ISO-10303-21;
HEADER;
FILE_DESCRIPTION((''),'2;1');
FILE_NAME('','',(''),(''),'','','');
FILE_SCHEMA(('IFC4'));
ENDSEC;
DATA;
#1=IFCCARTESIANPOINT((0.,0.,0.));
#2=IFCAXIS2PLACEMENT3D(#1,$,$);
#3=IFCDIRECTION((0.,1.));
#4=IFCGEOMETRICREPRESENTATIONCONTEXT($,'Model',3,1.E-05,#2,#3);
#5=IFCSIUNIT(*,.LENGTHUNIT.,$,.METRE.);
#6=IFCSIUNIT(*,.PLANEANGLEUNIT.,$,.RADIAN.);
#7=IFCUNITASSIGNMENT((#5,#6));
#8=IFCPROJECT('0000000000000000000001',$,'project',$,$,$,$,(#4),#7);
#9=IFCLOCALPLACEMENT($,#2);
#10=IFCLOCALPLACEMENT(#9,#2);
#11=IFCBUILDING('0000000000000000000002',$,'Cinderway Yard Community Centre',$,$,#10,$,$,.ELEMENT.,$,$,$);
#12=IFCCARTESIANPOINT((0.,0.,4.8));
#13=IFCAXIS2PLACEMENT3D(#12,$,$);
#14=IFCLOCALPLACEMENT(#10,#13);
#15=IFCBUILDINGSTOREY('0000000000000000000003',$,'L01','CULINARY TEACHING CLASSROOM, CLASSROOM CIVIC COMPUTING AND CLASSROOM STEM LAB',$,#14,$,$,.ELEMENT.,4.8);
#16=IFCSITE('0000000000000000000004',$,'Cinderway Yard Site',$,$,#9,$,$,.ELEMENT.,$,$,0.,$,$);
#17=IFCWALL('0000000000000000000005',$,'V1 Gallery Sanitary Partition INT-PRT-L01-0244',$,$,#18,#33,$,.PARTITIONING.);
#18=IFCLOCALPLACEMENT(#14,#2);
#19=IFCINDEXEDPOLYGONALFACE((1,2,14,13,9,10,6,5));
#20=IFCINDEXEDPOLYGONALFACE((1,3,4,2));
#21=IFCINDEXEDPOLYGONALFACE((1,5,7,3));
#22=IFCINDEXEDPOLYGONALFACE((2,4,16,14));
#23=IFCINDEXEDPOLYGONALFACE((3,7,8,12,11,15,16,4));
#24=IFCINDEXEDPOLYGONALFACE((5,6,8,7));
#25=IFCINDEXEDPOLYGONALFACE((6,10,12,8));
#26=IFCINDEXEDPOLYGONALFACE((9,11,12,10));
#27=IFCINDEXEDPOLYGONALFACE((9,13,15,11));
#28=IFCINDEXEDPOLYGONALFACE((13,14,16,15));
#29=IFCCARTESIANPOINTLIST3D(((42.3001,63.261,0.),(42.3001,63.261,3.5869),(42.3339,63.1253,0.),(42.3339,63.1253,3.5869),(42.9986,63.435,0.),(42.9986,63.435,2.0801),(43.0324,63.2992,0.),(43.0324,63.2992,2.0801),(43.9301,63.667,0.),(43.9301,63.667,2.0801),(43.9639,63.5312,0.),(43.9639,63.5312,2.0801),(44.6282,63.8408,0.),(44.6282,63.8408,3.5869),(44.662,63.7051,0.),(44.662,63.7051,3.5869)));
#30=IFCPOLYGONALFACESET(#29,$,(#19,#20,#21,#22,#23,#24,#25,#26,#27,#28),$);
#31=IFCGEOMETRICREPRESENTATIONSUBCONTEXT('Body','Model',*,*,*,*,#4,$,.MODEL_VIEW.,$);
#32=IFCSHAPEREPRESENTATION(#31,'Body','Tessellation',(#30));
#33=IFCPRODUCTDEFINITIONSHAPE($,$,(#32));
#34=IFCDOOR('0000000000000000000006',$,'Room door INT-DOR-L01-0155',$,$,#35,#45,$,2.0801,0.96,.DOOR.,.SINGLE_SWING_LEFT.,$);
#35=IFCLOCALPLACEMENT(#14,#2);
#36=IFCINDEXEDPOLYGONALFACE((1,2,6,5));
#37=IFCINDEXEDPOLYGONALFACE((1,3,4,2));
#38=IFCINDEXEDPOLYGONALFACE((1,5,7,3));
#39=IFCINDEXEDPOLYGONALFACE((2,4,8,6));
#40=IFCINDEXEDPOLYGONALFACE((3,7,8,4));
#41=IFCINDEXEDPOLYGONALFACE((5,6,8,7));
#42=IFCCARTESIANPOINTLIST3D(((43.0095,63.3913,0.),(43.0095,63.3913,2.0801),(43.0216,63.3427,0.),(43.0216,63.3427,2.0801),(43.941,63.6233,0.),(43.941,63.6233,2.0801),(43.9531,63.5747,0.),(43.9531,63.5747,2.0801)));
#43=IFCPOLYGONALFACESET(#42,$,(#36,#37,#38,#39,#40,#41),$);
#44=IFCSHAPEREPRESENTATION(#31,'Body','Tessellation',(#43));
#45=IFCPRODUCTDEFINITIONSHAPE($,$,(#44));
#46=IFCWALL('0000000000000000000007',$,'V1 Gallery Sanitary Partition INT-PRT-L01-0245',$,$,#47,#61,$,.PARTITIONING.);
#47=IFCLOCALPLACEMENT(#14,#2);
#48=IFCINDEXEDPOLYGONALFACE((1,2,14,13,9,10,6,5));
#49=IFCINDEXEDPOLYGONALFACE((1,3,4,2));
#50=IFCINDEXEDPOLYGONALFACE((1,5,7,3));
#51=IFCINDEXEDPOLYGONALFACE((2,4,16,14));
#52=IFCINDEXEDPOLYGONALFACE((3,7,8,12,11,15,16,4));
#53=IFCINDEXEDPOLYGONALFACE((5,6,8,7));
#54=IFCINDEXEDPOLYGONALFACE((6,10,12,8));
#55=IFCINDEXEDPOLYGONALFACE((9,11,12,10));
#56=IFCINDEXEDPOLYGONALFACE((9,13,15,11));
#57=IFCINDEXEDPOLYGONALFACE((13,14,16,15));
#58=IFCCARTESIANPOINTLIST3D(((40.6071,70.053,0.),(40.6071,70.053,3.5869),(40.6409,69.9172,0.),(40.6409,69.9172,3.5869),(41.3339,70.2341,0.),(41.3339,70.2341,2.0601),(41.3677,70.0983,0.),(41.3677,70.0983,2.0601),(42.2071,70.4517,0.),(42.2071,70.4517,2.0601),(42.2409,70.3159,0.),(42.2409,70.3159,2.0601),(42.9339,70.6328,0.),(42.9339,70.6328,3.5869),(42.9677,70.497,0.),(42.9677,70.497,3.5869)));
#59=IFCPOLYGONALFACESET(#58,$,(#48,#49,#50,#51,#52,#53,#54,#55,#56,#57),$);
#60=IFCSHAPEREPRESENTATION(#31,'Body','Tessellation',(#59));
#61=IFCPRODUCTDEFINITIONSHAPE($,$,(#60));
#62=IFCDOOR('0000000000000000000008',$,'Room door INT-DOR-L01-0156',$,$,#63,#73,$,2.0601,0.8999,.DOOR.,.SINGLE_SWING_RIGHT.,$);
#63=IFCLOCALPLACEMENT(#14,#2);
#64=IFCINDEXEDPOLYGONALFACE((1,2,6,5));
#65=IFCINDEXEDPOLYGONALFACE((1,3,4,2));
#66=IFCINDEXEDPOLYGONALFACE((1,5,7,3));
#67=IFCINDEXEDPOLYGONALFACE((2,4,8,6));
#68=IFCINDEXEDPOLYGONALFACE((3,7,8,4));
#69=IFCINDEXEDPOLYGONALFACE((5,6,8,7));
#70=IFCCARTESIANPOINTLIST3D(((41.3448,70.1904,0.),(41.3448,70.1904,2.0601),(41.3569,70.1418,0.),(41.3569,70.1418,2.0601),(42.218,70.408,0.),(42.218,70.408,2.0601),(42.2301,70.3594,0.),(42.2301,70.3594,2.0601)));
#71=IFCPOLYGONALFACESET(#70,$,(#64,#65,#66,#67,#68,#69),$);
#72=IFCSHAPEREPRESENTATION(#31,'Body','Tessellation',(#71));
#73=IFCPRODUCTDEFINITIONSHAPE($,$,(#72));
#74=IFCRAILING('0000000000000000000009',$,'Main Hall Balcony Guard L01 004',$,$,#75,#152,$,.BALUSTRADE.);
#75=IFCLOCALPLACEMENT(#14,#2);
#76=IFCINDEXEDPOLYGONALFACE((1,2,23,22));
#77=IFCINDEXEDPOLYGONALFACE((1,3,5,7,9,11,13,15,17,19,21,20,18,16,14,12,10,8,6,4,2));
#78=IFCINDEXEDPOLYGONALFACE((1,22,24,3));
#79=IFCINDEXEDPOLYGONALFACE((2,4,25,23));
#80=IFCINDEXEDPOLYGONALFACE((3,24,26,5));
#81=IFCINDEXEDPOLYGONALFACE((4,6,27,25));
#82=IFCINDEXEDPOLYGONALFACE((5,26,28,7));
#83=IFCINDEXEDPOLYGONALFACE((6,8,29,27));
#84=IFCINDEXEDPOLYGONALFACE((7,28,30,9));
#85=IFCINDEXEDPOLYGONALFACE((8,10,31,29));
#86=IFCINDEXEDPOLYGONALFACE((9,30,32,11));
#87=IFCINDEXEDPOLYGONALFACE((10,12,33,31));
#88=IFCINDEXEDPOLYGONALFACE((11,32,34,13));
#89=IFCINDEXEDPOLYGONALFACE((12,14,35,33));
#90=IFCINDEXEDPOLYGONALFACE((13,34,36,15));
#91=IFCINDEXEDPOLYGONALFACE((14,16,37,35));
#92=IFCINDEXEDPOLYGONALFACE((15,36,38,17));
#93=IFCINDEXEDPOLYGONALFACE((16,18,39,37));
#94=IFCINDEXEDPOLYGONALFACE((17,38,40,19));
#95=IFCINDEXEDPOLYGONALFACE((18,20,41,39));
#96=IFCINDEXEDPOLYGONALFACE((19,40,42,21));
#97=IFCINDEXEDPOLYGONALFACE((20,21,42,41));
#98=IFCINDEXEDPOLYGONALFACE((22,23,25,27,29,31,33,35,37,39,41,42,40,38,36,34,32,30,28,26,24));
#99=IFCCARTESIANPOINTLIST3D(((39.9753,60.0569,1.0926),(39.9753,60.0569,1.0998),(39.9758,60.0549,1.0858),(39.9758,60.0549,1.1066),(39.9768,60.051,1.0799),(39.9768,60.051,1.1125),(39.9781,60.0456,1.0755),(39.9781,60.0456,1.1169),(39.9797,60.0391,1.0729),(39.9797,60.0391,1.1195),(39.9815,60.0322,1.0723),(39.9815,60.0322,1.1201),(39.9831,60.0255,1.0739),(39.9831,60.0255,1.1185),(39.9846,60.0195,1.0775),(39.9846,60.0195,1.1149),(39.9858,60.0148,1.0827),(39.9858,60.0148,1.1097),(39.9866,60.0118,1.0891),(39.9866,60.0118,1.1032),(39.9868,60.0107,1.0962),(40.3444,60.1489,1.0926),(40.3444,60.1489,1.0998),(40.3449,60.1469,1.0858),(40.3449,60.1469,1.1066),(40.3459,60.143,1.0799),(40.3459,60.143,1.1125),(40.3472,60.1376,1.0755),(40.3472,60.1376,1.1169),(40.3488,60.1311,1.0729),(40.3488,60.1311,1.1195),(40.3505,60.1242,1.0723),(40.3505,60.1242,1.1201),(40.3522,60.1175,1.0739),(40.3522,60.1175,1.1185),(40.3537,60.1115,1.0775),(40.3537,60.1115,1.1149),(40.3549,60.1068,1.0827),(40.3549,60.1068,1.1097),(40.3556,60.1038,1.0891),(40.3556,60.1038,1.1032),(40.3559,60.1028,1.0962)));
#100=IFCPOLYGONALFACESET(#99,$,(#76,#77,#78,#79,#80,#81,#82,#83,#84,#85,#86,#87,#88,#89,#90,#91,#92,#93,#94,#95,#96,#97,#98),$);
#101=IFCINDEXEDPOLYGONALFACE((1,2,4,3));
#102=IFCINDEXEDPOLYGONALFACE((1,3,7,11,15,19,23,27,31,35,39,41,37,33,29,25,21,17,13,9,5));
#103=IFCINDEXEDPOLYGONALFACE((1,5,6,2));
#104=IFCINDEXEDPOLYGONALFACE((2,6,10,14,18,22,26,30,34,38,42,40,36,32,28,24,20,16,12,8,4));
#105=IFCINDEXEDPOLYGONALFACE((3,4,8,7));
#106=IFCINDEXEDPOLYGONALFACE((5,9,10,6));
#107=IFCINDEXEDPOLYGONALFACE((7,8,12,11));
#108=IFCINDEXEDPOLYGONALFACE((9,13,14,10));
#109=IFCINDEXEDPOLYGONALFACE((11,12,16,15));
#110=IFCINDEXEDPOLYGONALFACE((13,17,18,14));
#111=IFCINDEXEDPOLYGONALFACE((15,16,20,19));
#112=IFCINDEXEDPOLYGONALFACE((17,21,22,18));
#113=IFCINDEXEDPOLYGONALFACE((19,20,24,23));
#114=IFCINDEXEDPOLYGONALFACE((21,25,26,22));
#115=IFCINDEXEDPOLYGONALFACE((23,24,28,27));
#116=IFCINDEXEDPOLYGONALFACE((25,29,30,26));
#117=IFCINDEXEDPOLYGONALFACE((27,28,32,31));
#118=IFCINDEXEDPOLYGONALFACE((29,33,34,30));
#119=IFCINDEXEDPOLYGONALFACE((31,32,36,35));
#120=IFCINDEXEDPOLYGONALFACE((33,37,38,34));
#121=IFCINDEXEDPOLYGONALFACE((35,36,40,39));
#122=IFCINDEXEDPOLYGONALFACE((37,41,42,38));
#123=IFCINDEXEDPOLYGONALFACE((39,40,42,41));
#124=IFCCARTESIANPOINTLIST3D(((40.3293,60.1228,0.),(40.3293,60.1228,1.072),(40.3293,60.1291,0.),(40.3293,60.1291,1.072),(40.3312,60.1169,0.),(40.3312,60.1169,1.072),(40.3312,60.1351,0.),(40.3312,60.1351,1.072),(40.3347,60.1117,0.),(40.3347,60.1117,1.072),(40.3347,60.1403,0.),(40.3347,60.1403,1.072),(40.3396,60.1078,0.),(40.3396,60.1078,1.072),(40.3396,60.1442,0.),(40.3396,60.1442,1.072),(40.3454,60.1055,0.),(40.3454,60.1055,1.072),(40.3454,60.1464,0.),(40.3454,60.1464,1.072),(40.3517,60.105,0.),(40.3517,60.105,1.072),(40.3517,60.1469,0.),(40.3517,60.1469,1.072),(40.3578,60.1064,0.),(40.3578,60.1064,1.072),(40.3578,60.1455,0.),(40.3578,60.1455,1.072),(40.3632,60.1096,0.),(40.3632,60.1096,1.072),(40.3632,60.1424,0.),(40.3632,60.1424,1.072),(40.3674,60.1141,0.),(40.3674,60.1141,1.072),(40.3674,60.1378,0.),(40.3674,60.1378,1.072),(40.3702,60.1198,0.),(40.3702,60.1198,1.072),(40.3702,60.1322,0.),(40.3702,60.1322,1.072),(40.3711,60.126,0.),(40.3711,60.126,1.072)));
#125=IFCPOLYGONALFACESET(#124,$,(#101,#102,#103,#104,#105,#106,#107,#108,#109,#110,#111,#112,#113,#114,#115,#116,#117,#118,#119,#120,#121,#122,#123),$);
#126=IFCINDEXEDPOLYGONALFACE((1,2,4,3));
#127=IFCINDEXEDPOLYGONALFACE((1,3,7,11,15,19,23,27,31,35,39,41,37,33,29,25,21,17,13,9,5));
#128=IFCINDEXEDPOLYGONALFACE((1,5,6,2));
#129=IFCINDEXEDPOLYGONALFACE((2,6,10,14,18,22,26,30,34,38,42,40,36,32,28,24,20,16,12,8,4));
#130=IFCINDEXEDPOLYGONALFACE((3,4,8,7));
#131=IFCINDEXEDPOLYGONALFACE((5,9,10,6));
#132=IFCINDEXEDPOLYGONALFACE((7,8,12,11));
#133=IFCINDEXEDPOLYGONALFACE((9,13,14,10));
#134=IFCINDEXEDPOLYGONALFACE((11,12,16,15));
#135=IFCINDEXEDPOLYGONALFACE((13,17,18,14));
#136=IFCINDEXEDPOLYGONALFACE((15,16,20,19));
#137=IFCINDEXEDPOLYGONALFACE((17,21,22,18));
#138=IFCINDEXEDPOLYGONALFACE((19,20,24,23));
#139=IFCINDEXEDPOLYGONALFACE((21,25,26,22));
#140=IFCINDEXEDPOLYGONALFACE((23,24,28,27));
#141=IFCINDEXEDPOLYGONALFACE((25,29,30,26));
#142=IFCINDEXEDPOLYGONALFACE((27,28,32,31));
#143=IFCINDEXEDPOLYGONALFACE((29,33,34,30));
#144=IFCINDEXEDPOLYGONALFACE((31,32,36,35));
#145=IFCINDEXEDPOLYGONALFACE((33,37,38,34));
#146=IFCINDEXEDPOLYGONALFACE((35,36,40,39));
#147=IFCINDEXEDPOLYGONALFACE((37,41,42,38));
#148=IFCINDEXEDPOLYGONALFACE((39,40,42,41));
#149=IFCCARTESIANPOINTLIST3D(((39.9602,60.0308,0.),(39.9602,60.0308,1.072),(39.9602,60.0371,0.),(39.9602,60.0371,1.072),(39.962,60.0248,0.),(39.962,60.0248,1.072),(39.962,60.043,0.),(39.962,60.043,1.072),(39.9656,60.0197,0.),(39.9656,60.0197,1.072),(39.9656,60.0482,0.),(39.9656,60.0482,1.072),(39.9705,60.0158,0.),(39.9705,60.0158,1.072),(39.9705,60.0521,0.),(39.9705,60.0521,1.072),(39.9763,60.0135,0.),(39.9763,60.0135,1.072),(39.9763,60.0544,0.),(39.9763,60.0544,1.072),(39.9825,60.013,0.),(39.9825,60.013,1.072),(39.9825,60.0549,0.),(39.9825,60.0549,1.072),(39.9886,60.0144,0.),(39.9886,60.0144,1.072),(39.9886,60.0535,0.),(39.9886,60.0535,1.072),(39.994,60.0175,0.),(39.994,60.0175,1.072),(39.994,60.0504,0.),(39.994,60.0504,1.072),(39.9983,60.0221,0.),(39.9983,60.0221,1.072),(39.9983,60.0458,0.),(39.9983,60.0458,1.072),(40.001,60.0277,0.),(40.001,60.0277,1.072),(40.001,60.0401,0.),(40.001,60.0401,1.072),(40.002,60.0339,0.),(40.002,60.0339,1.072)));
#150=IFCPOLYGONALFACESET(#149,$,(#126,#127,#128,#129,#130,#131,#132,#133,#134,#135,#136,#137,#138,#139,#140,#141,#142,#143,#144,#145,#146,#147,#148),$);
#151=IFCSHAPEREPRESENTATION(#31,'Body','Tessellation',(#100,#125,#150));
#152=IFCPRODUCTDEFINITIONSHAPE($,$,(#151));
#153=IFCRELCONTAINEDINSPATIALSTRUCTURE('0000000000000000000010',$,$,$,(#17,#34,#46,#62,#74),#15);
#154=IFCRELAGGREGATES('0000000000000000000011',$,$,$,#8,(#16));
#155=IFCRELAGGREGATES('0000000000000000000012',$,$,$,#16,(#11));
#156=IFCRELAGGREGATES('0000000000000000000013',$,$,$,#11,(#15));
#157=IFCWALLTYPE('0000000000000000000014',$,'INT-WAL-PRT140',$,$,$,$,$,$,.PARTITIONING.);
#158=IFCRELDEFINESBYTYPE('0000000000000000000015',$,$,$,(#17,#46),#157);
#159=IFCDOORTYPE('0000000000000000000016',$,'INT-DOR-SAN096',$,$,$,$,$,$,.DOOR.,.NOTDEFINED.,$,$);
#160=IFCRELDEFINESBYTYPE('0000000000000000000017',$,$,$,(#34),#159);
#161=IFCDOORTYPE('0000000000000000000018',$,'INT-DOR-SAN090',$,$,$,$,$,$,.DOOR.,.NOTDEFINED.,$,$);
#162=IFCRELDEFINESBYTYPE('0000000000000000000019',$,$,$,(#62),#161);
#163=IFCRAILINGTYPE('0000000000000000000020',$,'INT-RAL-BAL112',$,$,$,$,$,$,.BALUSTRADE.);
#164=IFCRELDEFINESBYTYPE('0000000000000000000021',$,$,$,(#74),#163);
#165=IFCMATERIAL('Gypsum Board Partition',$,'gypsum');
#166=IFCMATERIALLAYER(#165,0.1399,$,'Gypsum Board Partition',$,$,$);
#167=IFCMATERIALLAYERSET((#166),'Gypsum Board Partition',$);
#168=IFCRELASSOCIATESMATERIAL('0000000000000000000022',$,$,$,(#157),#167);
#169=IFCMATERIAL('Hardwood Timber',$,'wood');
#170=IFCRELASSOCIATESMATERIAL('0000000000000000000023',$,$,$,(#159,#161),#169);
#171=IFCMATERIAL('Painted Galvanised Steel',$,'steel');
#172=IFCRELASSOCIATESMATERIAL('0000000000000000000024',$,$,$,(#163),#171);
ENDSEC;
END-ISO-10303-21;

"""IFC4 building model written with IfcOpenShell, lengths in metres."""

from ifc_helpers import new_model, si_unit, direction, frame, frame_2d, origin, origin_2d, place, context, subcontext, project, spatial, rectangle, circle, extrude, material, layer, layer_set, type_object, element, fill, save


model = new_model("IFC4")

# Units and contexts
model_context = context("Model", 3, precision=1e-05, world=origin(), true_north=direction((0.0, 1.0)))
body_context = subcontext(model_context, "Body", "Model", "MODEL_VIEW")
ifc_project = project(units=[si_unit("LENGTHUNIT", "METRE"), si_unit("PLANEANGLEUNIT", "RADIAN")], contexts=[model_context])

# Site, building, storey
site_placement = place(None, origin())
site = spatial("IfcSite", under=ifc_project, at=site_placement, Name="Cinderway Yard Site", CompositionType="ELEMENT", RefElevation=0.0)
building_placement = place(site_placement, origin())
building = spatial("IfcBuilding", under=site, at=building_placement, Name="Cinderway Yard Community Centre", CompositionType="ELEMENT")
storey_placement = place(building_placement, frame((0.0, 0.0, 4.8)))
storey = spatial("IfcBuildingStorey", under=building, at=storey_placement, Name="L01", Description="CULINARY TEACHING CLASSROOM, CLASSROOM CIVIC COMPUTING AND CLASSROOM STEM LAB", CompositionType="ELEMENT", Elevation=4.8)

# Walls, openings, doors
ifc_material_1 = material(Name="Gypsum Board Partition", Category="gypsum")
ifc_layer = layer(ifc_material_1, 0.1399, Name="Gypsum Board Partition")
ifc_layer_set = layer_set([ifc_layer], Name="Gypsum Board Partition")
wall_type = type_object("IfcWallType", Name="INT-WAL-PRT140", PredefinedType="PARTITIONING", material=ifc_layer_set)
ifc_material_2 = material(Name="Hardwood Timber", Category="wood")
wall_1_placement = place(storey_placement, frame((42.3169, 63.1931, 0.0), z_axis=(0.0, 0.0, 1.0), x_axis=(0.970358, 0.241674, 0.0)))
wall_1 = element("IfcWall", 1, at=wall_1_placement, inside=storey, type_object=wall_type, Name="V1 Gallery Sanitary Partition INT-PRT-L01-0244", PredefinedType="PARTITIONING", context=body_context, shape_type="SweptSolid", body=[
    extrude(rectangle(XDim=2.3992, YDim=0.1399, at=frame_2d((1.1997, 0.0))), origin(), (0.0, 0.0, 1.0), 3.5869),
])
opening_1_placement = place(wall_1_placement, frame((0.72, 0.0, 0.0)))
opening_1 = element("IfcOpeningElement", 2, at=opening_1_placement, cuts=wall_1, PredefinedType="OPENING", context=body_context, shape_type="SweptSolid", body=[
    extrude(rectangle(XDim=0.96, YDim=2.0801, at=frame_2d((0.48, 1.04))), frame((0.0, 0.0798, 0.0), z_axis=(0.0, -1.0, 0.0), x_axis=(1.0, 0.0, 0.0)), (0.0, 0.0, 1.0), 0.1599),
])
door_type_1 = type_object("IfcDoorType", Name="INT-DOR-SAN096", OperationType="NOTDEFINED", PredefinedType="DOOR", material=ifc_material_2)
door_1_placement = place(opening_1_placement, origin())
door_1 = element("IfcDoor", 3, at=door_1_placement, inside=storey, type_object=door_type_1, Name="Room door INT-DOR-L01-0155", OperationType="SINGLE_SWING_LEFT", OverallHeight=2.0801, OverallWidth=0.96, PredefinedType="DOOR", context=body_context, shape_type="SweptSolid", body=[
    extrude(rectangle(XDim=0.96, YDim=2.0801, at=frame_2d((0.48, 1.04))), frame((0.0, 0.0249, 0.0), z_axis=(0.0, -1.0, 0.0), x_axis=(1.0, 0.0, 0.0)), (0.0, 0.0, 1.0), 0.05),
])
fill(opening_1, door_1)
wall_2_placement = place(storey_placement, frame((40.624, 69.9851, 0.0), z_axis=(0.0, 0.0, 1.0), x_axis=(0.970328, 0.241793, 0.0)))
wall_2 = element("IfcWall", 4, at=wall_2_placement, inside=storey, type_object=wall_type, Name="V1 Gallery Sanitary Partition INT-PRT-L01-0245", PredefinedType="PARTITIONING", context=body_context, shape_type="SweptSolid", body=[
    extrude(rectangle(XDim=2.3979, YDim=0.1399, at=frame_2d((1.199, 0.0))), origin(), (0.0, 0.0, 1.0), 3.5869),
])
opening_2_placement = place(wall_2_placement, frame((0.749, 0.0, 0.0)))
opening_2 = element("IfcOpeningElement", 5, at=opening_2_placement, cuts=wall_2, PredefinedType="OPENING", context=body_context, shape_type="SweptSolid", body=[
    extrude(rectangle(XDim=0.8999, YDim=2.0601, at=frame_2d((0.45, 1.03))), frame((0.0, 0.0798, 0.0), z_axis=(0.0, -1.0, 0.0), x_axis=(1.0, 0.0, 0.0)), (0.0, 0.0, 1.0), 0.1599),
])
door_type_2 = type_object("IfcDoorType", Name="INT-DOR-SAN090", OperationType="NOTDEFINED", PredefinedType="DOOR", material=ifc_material_2)
door_2_placement = place(opening_2_placement, origin())
door_2 = element("IfcDoor", 6, at=door_2_placement, inside=storey, type_object=door_type_2, Name="Room door INT-DOR-L01-0156", OperationType="SINGLE_SWING_RIGHT", OverallHeight=2.0601, OverallWidth=0.8999, PredefinedType="DOOR", context=body_context, shape_type="SweptSolid", body=[
    extrude(rectangle(XDim=0.8999, YDim=2.0601, at=frame_2d((0.45, 1.03))), frame((0.0, 0.0249, 0.0), z_axis=(0.0, -1.0, 0.0), x_axis=(1.0, 0.0, 0.0)), (0.0, 0.0, 1.0), 0.05),
])
fill(opening_2, door_2)

# Railing
ifc_material_3 = material(Name="Painted Galvanised Steel", Category="steel")
railing_type_1 = type_object("IfcRailingType", Name="INT-RAL-BAL112", PredefinedType="BALUSTRADE", material=ifc_material_3)
railing_1_placement = place(storey_placement, frame((40.3501, 60.126, 0.0)))
element("IfcRailing", 7, at=railing_1_placement, inside=storey, type_object=railing_type_1, Name="Main Hall Balcony Guard L01 004", PredefinedType="BALUSTRADE", context=body_context, shape_type="SweptSolid", body=[
    extrude(circle(Radius=0.0239, at=origin_2d()), frame((0.0, 0.0, 1.0962), z_axis=(-0.970293, -0.241932, 0.0), x_axis=(0.241932, -0.970293, 0.0)), (0.0, 0.0, 1.0), 0.3804),
    extrude(circle(Radius=0.021, at=origin_2d()), origin(), (0.0, 0.0, 1.0), 1.072),
    extrude(circle(Radius=0.021, at=origin_2d()), frame((-0.3691, -0.092, 0.0)), (0.0, 0.0, 1.0), 1.072),
])

save(model, "model.ifc")
